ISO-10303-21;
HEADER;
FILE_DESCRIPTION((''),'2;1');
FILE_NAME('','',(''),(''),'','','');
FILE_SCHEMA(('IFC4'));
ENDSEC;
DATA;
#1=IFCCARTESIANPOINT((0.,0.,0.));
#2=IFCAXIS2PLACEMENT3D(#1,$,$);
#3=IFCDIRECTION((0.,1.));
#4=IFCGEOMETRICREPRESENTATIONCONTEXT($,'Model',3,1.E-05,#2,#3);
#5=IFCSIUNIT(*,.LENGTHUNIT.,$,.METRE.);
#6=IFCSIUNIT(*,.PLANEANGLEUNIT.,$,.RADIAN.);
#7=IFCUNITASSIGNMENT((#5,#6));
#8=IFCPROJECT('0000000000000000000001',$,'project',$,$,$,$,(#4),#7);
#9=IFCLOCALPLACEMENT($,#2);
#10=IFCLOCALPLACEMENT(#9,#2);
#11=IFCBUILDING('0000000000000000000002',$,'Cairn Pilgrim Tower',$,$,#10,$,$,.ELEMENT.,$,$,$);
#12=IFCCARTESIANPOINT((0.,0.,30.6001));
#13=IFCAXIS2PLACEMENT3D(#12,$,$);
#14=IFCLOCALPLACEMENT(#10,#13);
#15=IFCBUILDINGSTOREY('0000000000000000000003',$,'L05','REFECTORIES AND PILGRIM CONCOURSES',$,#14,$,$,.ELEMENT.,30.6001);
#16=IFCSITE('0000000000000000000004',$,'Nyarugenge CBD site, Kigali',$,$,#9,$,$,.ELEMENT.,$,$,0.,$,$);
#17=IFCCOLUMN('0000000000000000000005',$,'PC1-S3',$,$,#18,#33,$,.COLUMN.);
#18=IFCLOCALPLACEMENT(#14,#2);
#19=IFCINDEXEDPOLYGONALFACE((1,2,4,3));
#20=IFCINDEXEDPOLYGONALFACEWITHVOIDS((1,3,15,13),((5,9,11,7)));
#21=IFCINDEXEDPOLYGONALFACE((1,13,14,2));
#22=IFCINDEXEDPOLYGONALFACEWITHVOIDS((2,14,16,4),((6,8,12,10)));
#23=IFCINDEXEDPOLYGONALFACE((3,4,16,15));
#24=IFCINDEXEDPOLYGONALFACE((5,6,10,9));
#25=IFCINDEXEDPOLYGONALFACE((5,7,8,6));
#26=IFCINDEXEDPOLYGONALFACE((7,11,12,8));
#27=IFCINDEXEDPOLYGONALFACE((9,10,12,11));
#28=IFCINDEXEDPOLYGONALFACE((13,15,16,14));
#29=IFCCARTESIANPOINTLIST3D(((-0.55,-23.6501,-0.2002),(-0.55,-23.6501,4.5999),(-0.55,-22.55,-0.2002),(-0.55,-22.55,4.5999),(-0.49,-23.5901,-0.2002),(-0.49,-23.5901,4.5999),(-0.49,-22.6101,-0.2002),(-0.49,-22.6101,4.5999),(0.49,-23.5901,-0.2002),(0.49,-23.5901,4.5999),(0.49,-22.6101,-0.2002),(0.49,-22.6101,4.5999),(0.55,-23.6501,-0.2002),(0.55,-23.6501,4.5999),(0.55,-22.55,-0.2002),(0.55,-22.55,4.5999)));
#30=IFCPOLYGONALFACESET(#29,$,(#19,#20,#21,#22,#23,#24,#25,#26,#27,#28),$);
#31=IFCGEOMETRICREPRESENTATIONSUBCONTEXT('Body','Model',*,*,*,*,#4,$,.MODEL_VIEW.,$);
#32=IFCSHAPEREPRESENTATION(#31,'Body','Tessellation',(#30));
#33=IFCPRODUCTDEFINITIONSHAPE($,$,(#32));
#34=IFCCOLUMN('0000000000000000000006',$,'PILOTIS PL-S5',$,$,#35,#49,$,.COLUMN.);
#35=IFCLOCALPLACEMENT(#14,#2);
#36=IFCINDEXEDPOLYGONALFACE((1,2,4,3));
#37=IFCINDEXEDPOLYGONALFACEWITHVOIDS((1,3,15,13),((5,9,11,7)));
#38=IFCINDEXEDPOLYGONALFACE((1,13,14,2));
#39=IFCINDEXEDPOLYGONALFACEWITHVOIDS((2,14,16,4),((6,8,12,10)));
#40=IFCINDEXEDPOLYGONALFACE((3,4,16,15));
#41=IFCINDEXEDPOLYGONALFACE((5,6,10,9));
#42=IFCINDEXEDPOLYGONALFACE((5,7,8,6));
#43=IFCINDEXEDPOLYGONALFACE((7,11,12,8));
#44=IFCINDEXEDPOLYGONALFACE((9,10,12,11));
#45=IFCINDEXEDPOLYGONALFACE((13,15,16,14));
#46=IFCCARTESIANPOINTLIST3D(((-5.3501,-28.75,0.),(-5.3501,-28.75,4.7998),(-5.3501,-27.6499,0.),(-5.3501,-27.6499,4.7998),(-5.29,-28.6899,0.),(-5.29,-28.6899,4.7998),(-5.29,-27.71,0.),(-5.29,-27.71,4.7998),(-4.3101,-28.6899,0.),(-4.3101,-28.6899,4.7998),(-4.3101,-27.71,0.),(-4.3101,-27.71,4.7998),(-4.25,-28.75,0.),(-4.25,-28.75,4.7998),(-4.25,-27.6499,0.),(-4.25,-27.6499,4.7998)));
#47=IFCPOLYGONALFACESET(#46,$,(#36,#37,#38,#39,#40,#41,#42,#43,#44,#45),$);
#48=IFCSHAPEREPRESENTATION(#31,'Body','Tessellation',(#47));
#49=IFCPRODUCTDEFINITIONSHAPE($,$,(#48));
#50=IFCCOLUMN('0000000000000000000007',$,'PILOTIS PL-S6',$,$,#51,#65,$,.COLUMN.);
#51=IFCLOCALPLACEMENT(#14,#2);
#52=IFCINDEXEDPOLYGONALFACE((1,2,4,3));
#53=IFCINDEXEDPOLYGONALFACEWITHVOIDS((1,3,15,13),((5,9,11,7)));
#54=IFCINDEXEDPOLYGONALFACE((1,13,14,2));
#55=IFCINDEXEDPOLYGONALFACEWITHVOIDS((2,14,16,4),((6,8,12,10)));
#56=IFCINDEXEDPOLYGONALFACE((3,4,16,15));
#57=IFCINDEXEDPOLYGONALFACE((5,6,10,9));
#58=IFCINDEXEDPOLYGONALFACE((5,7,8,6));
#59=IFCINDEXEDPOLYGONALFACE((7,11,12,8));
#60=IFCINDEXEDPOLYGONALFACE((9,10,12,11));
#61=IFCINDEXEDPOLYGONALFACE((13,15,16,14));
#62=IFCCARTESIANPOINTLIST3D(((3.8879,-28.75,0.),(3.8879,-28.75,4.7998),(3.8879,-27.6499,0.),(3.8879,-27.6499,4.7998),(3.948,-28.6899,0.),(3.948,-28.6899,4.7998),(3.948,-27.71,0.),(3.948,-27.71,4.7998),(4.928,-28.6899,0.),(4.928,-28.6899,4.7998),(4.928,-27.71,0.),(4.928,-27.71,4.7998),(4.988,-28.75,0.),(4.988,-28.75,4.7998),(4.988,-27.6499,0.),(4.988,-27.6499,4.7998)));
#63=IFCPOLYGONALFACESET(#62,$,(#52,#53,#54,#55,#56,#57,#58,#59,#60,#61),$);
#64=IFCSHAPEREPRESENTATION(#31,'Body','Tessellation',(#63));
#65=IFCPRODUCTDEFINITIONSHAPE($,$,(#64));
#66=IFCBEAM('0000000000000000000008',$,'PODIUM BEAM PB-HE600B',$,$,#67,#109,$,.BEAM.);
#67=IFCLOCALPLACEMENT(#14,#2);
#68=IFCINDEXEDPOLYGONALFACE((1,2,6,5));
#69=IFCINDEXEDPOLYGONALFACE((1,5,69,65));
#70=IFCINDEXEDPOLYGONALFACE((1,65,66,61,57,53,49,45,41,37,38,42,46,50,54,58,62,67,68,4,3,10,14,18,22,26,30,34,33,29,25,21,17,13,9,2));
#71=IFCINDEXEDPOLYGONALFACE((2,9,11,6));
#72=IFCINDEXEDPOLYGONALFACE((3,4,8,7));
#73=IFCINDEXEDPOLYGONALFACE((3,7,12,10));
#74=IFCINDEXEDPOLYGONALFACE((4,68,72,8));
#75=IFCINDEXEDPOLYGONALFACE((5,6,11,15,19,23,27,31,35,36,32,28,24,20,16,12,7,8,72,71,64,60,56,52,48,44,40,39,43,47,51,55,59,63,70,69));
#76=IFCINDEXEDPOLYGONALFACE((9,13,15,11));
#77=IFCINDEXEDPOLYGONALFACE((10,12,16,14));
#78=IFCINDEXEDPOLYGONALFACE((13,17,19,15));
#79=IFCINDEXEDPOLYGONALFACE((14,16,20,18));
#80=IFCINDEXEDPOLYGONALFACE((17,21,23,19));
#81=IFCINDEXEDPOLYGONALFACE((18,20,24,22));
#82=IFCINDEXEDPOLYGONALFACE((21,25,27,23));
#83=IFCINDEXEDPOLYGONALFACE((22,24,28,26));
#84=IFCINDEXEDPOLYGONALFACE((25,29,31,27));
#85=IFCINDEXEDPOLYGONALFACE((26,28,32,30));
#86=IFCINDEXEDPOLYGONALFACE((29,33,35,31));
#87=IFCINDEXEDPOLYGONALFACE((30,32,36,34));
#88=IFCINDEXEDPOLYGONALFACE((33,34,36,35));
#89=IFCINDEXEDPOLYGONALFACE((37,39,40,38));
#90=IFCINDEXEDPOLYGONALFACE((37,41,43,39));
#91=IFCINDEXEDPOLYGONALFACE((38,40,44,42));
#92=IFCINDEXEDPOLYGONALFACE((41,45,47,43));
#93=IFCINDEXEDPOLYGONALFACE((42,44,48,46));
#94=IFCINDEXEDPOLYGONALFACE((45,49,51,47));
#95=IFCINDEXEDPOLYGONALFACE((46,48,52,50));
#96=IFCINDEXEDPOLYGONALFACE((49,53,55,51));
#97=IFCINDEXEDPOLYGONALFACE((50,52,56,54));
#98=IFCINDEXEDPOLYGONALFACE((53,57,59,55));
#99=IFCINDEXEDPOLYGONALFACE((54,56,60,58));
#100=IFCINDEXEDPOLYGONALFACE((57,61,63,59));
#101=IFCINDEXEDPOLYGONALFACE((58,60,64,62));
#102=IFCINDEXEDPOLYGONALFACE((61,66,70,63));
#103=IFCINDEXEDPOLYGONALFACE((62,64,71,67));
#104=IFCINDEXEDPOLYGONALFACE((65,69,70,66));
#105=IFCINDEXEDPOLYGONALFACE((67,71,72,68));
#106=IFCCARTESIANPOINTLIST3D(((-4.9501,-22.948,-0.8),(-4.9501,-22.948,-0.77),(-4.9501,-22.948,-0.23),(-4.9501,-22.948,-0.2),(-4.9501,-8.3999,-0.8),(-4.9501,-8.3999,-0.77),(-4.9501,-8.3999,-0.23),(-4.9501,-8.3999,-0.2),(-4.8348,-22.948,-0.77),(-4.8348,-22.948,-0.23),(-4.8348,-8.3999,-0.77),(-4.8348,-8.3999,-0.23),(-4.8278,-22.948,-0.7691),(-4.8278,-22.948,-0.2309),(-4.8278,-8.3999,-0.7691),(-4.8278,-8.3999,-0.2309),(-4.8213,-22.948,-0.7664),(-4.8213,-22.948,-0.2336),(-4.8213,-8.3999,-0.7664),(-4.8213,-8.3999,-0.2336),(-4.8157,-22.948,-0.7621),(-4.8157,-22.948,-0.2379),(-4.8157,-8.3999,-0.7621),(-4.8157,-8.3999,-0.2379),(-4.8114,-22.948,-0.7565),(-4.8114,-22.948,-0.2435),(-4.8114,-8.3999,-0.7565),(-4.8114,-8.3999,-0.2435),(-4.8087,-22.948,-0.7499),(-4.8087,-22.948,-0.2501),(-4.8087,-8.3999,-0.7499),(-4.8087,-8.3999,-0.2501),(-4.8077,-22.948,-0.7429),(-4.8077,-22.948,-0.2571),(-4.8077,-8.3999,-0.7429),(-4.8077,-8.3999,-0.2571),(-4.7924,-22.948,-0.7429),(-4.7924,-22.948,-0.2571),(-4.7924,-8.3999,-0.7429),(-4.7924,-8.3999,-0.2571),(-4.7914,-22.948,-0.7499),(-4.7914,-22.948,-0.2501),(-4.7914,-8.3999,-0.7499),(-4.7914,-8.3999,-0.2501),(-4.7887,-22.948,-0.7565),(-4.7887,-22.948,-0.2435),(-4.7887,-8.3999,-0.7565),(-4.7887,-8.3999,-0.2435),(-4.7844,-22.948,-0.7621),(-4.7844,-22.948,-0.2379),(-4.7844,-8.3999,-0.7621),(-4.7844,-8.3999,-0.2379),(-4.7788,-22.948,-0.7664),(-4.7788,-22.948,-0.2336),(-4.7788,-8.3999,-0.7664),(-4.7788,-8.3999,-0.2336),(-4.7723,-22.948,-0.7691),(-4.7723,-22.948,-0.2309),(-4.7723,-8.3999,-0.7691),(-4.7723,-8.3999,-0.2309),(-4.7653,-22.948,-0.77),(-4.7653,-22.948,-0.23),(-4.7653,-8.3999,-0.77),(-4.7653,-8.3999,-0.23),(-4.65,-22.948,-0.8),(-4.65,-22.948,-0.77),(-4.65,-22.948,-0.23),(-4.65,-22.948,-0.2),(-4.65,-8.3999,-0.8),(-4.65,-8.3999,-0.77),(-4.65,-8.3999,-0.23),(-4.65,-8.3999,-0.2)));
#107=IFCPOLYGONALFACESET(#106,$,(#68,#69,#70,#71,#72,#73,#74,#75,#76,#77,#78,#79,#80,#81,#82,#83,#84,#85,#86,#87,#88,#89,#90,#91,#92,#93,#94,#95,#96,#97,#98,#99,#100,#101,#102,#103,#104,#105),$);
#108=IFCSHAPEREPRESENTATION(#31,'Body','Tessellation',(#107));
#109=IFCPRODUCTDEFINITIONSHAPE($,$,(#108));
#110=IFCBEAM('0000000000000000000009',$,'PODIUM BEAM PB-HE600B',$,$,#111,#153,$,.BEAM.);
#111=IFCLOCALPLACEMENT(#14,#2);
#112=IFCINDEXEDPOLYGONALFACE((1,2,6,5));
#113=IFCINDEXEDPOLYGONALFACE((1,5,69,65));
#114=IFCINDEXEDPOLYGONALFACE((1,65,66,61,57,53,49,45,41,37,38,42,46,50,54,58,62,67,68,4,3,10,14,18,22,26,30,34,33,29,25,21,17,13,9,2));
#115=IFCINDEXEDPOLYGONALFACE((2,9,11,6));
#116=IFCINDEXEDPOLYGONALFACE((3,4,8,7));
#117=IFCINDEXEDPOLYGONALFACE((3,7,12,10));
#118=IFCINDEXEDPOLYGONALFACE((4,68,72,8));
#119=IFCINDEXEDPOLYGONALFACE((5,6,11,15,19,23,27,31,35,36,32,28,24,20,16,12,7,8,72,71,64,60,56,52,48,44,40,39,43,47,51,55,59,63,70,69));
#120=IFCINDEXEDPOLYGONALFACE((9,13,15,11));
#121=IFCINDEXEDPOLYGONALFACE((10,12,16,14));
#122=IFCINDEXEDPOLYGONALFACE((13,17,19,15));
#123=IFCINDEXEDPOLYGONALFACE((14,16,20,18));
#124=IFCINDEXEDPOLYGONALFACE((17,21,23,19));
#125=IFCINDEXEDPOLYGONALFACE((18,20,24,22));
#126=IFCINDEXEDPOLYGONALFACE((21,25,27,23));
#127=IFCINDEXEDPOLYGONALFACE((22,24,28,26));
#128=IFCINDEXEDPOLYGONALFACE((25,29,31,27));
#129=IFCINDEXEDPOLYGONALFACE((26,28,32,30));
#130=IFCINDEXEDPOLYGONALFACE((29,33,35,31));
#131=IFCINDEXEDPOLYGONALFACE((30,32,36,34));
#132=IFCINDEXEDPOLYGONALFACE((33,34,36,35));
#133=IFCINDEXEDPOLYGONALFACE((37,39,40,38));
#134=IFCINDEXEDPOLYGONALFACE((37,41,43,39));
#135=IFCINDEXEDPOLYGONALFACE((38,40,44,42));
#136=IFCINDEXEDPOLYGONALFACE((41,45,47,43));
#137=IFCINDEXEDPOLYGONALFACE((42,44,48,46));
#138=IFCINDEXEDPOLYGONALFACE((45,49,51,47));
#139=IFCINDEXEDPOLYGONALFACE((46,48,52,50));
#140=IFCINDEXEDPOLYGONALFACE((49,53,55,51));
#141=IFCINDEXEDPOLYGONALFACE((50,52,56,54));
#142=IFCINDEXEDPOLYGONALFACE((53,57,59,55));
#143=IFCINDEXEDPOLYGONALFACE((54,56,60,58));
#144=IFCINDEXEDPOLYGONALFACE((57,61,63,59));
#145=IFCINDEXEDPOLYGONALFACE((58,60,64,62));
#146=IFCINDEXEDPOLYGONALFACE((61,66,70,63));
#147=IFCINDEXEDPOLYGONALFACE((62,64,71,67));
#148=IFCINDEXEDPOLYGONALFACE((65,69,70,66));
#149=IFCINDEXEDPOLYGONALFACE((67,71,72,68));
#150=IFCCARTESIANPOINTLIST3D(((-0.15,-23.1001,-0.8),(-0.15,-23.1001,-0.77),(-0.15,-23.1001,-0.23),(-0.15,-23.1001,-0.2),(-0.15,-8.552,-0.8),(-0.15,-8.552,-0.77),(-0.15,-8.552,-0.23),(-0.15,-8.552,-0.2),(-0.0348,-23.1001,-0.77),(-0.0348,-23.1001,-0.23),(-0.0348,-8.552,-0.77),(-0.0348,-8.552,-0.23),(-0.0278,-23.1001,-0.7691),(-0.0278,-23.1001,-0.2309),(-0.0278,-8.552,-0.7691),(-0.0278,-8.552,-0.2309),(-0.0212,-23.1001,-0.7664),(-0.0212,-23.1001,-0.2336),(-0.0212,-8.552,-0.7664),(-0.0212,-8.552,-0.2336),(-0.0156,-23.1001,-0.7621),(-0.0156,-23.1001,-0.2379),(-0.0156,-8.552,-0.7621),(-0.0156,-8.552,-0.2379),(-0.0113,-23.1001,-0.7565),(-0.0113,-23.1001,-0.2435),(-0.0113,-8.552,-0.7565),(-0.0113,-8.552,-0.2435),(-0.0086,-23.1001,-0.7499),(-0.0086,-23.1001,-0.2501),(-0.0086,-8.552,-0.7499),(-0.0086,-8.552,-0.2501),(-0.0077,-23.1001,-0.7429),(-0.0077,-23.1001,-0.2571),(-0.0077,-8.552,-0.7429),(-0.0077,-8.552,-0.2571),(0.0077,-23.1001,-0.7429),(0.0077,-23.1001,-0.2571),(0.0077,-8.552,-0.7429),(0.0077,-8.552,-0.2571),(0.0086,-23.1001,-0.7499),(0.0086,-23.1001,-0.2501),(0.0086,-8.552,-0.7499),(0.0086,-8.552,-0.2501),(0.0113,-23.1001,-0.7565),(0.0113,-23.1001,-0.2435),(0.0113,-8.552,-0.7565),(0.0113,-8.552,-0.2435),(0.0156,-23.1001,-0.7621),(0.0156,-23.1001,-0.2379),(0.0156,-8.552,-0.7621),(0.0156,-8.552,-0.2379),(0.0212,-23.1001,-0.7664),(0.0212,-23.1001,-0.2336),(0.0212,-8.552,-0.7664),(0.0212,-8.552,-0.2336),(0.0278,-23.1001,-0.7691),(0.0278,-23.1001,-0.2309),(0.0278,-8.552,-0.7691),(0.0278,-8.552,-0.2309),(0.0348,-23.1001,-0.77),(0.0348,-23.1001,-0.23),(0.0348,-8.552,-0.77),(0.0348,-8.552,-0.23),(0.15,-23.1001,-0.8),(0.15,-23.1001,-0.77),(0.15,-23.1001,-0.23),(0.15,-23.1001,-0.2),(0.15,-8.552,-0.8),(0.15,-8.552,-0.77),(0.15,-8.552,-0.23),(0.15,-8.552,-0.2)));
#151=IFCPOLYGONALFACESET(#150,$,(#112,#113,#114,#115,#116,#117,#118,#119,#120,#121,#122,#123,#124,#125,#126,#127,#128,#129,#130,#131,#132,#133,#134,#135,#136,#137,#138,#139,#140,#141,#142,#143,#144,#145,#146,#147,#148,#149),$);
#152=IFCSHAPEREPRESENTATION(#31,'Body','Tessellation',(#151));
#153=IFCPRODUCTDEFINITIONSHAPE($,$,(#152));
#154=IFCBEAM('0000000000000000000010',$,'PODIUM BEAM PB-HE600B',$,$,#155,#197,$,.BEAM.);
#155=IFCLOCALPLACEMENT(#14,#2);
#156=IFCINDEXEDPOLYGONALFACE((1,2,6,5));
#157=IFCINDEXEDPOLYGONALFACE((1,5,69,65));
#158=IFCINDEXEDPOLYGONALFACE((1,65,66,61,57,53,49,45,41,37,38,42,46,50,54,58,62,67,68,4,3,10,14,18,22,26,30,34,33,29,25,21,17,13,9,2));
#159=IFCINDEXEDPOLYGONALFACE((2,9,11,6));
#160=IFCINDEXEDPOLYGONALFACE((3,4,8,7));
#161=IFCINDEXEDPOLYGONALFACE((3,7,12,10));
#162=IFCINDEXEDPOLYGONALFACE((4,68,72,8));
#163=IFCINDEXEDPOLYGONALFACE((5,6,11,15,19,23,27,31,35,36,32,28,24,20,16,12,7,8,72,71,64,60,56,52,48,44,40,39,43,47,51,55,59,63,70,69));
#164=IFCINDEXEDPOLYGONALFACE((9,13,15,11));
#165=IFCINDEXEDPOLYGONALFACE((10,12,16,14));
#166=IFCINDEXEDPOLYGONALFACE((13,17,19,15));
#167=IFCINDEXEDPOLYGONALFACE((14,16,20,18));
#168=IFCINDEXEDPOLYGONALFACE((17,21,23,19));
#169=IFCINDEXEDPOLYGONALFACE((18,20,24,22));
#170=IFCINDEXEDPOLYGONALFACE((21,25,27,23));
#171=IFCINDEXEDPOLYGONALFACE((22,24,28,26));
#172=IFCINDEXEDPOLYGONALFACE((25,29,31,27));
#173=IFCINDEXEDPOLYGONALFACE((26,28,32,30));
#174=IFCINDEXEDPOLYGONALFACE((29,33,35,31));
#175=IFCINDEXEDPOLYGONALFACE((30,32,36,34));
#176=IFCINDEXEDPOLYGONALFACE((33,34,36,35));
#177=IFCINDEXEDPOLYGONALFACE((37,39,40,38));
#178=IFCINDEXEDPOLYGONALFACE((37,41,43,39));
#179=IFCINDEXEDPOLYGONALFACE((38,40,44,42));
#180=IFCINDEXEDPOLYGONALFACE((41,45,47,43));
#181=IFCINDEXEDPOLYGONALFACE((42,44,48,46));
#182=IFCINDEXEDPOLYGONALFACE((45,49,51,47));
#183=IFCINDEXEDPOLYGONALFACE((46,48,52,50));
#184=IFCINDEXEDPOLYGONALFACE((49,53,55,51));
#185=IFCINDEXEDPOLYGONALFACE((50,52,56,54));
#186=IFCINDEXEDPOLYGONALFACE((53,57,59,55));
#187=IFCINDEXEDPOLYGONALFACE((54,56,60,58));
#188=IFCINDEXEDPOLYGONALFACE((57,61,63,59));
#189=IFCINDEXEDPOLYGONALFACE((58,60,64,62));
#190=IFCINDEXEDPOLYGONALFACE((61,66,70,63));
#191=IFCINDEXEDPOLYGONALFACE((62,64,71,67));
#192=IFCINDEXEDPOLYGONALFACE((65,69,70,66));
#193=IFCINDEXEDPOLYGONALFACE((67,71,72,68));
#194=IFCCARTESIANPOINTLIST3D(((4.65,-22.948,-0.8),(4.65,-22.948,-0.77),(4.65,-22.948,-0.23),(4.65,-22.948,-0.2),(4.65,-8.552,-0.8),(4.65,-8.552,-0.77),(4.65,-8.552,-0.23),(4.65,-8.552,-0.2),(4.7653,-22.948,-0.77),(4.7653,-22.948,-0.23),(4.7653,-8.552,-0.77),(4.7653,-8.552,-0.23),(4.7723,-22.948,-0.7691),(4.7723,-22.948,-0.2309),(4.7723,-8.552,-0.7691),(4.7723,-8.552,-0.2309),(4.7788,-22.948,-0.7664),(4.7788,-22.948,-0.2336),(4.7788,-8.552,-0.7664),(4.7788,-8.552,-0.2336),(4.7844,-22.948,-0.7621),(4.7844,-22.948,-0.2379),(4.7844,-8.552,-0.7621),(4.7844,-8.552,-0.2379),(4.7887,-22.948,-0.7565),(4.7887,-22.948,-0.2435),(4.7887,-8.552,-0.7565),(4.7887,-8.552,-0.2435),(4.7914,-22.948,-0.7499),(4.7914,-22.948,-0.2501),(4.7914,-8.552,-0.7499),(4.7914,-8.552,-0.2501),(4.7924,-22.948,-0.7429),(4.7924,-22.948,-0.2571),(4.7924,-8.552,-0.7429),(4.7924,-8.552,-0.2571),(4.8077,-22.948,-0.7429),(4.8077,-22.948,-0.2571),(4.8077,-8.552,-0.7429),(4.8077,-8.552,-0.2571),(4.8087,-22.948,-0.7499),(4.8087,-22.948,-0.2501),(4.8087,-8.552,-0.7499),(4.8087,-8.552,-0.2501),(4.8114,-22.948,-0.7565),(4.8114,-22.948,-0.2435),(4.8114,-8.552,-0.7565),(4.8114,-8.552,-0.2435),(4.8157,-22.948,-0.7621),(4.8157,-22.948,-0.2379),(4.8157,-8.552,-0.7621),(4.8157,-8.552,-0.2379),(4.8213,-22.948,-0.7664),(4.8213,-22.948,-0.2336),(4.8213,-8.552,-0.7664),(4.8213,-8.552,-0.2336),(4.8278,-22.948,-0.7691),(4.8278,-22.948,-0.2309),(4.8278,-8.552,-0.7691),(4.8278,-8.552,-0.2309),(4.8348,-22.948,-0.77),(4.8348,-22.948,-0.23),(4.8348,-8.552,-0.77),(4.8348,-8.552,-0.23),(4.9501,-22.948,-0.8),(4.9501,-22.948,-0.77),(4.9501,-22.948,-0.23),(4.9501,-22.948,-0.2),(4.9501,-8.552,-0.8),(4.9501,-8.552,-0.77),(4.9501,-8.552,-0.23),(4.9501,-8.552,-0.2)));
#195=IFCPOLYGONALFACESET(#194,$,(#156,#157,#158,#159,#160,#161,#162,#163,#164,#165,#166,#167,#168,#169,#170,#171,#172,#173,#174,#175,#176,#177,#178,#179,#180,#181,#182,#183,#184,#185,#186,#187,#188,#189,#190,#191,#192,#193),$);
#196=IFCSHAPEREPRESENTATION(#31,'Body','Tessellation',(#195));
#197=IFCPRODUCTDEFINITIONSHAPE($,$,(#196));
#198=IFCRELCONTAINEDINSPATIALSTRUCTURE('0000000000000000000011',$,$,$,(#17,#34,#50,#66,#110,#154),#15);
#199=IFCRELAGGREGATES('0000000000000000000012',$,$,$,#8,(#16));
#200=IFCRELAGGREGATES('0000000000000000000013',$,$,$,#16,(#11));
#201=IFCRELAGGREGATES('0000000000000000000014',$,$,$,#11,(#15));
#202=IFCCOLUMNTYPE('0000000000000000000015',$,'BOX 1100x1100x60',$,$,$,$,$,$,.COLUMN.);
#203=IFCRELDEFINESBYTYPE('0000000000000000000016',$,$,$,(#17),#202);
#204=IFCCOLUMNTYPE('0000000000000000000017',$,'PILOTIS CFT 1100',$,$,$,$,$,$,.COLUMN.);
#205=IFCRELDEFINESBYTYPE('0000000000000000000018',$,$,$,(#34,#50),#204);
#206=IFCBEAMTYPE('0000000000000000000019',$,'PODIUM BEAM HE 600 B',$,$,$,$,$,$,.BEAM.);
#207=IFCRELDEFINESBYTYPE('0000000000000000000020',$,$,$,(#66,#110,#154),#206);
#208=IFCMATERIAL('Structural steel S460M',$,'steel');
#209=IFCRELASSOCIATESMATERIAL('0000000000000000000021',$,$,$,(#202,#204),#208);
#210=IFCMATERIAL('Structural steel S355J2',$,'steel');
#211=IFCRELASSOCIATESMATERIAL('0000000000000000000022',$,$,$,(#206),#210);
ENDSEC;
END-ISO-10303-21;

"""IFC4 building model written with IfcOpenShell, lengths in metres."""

from ifc_helpers import new_model, si_unit, direction, frame, origin, origin_2d, place, context, subcontext, project, spatial, hollow_rectangle, i_section, extrude, material, material_profile, profile_set, type_object, element, save


model = new_model("IFC4")

# Units and contexts
model_context = context("Model", 3, precision=1e-05, world=origin(), true_north=direction((0.0, 1.0)))
body_context = subcontext(model_context, "Body", "Model", "MODEL_VIEW")
ifc_project = project(units=[si_unit("LENGTHUNIT", "METRE"), si_unit("PLANEANGLEUNIT", "RADIAN")], contexts=[model_context])

# Site, building, storey
site_placement = place(None, origin())
site = spatial("IfcSite", under=ifc_project, at=site_placement, Name="Nyarugenge CBD site, Kigali", CompositionType="ELEMENT", RefElevation=0.0)
building_placement = place(site_placement, origin())
building = spatial("IfcBuilding", under=site, at=building_placement, Name="Cairn Pilgrim Tower", CompositionType="ELEMENT")
storey_placement = place(building_placement, frame((0.0, 0.0, 30.6001)))
storey = spatial("IfcBuildingStorey", under=building, at=storey_placement, Name="L05", Description="REFECTORIES AND PILGRIM CONCOURSES", CompositionType="ELEMENT", Elevation=30.6001)

# Columns
ifc_material_1 = material(Name="Structural steel S460M", Category="steel")
ifc_material_profile_1 = material_profile(ifc_material_1, hollow_rectangle(XDim=1.1001, YDim=1.1001, WallThickness=0.0601, at=origin_2d()), Name="BOX 1100x1100x60")
ifc_profile_set_1 = profile_set([ifc_material_profile_1], Name="Structural steel S460M")
column_type_1 = type_object("IfcColumnType", Name="BOX 1100x1100x60", PredefinedType="COLUMN", material=ifc_profile_set_1)
column_placement = place(storey_placement, frame((0.0, -23.1001, -0.2002), z_axis=(0.0, 0.0, 1.0), x_axis=(1.0, 0.0, 0.0)))
element("IfcColumn", 1, at=column_placement, inside=storey, type_object=column_type_1, Name="PC1-S3", PredefinedType="COLUMN", context=body_context, shape_type="SweptSolid", body=[
    extrude(hollow_rectangle(XDim=1.1001, YDim=1.1001, WallThickness=0.0601, at=origin_2d()), origin(), (0.0, 0.0, 1.0), 4.8),
])
ifc_material_profile_2 = material_profile(ifc_material_1, hollow_rectangle(XDim=1.1001, YDim=1.1001, WallThickness=0.0601, at=origin_2d()), Name="BOX 1100x1100x60")
ifc_profile_set_2 = profile_set([ifc_material_profile_2], Name="Structural steel S460M")
column_type_2 = type_object("IfcColumnType", Name="PILOTIS CFT 1100", PredefinedType="COLUMN", material=ifc_profile_set_2)
for number, where, z_axis, x_axis, name in (
    (2, (-4.8, -28.2, 0.0), (0.0, 0.0, 1.0), (1.0, 0.0, 0.0), "PILOTIS PL-S5"),
    (3, (4.438, -28.2, 0.0), (0.0, 0.0, 1.0), (1.0, 0.0, 0.0), "PILOTIS PL-S6"),
):
    element("IfcColumn", number, at=place(storey_placement, frame(where, z_axis=z_axis, x_axis=x_axis)), inside=storey, type_object=column_type_2, Name=name, PredefinedType="COLUMN", context=body_context, shape_type="SweptSolid", body=[
        extrude(hollow_rectangle(XDim=1.1001, YDim=1.1001, WallThickness=0.0601, at=origin_2d()), origin(), (0.0, 0.0, 1.0), 4.7998),
    ])

# Beams
ifc_material_2 = material(Name="Structural steel S355J2", Category="steel")
ifc_material_profile_3 = material_profile(ifc_material_2, i_section(OverallWidth=0.3, OverallDepth=0.6001, WebThickness=0.0154, FlangeThickness=0.03, FilletRadius=0.0271, at=origin_2d()), Name="HEB 600")
ifc_profile_set_3 = profile_set([ifc_material_profile_3], Name="Structural steel S355J2")
beam_type_1 = type_object("IfcBeamType", Name="PODIUM BEAM HE 600 B", PredefinedType="BEAM", material=ifc_profile_set_3)
for number, where, z_axis, x_axis, name in (
    (4, (-4.8, -22.948, -0.5), (0.0, 1.0, 0.0), (-1.0, 0.0, 0.0), "PODIUM BEAM PB-HE600B"),
    (5, (0.0, -23.1001, -0.5), (0.0, 1.0, 0.0), (-1.0, 0.0, 0.0), "PODIUM BEAM PB-HE600B"),
):
    element("IfcBeam", number, at=place(storey_placement, frame(where, z_axis=z_axis, x_axis=x_axis)), inside=storey, type_object=beam_type_1, Name=name, PredefinedType="BEAM", context=body_context, shape_type="SweptSolid", body=[
        extrude(i_section(OverallWidth=0.3, OverallDepth=0.6001, WebThickness=0.0154, FlangeThickness=0.03, FilletRadius=0.0271, at=origin_2d()), origin(), (0.0, 0.0, 1.0), 14.5481),
    ])
beam_1_placement = place(storey_placement, frame((4.8, -22.948, -0.5), z_axis=(0.0, 1.0, 0.0), x_axis=(-1.0, 0.0, 0.0)))
element("IfcBeam", 6, at=beam_1_placement, inside=storey, type_object=beam_type_1, Name="PODIUM BEAM PB-HE600B", PredefinedType="BEAM", context=body_context, shape_type="SweptSolid", body=[
    extrude(i_section(OverallWidth=0.3, OverallDepth=0.6001, WebThickness=0.0154, FlangeThickness=0.03, FilletRadius=0.0271, at=origin_2d()), origin(), (0.0, 0.0, 1.0), 14.396),
])

save(model, "model.ifc")
